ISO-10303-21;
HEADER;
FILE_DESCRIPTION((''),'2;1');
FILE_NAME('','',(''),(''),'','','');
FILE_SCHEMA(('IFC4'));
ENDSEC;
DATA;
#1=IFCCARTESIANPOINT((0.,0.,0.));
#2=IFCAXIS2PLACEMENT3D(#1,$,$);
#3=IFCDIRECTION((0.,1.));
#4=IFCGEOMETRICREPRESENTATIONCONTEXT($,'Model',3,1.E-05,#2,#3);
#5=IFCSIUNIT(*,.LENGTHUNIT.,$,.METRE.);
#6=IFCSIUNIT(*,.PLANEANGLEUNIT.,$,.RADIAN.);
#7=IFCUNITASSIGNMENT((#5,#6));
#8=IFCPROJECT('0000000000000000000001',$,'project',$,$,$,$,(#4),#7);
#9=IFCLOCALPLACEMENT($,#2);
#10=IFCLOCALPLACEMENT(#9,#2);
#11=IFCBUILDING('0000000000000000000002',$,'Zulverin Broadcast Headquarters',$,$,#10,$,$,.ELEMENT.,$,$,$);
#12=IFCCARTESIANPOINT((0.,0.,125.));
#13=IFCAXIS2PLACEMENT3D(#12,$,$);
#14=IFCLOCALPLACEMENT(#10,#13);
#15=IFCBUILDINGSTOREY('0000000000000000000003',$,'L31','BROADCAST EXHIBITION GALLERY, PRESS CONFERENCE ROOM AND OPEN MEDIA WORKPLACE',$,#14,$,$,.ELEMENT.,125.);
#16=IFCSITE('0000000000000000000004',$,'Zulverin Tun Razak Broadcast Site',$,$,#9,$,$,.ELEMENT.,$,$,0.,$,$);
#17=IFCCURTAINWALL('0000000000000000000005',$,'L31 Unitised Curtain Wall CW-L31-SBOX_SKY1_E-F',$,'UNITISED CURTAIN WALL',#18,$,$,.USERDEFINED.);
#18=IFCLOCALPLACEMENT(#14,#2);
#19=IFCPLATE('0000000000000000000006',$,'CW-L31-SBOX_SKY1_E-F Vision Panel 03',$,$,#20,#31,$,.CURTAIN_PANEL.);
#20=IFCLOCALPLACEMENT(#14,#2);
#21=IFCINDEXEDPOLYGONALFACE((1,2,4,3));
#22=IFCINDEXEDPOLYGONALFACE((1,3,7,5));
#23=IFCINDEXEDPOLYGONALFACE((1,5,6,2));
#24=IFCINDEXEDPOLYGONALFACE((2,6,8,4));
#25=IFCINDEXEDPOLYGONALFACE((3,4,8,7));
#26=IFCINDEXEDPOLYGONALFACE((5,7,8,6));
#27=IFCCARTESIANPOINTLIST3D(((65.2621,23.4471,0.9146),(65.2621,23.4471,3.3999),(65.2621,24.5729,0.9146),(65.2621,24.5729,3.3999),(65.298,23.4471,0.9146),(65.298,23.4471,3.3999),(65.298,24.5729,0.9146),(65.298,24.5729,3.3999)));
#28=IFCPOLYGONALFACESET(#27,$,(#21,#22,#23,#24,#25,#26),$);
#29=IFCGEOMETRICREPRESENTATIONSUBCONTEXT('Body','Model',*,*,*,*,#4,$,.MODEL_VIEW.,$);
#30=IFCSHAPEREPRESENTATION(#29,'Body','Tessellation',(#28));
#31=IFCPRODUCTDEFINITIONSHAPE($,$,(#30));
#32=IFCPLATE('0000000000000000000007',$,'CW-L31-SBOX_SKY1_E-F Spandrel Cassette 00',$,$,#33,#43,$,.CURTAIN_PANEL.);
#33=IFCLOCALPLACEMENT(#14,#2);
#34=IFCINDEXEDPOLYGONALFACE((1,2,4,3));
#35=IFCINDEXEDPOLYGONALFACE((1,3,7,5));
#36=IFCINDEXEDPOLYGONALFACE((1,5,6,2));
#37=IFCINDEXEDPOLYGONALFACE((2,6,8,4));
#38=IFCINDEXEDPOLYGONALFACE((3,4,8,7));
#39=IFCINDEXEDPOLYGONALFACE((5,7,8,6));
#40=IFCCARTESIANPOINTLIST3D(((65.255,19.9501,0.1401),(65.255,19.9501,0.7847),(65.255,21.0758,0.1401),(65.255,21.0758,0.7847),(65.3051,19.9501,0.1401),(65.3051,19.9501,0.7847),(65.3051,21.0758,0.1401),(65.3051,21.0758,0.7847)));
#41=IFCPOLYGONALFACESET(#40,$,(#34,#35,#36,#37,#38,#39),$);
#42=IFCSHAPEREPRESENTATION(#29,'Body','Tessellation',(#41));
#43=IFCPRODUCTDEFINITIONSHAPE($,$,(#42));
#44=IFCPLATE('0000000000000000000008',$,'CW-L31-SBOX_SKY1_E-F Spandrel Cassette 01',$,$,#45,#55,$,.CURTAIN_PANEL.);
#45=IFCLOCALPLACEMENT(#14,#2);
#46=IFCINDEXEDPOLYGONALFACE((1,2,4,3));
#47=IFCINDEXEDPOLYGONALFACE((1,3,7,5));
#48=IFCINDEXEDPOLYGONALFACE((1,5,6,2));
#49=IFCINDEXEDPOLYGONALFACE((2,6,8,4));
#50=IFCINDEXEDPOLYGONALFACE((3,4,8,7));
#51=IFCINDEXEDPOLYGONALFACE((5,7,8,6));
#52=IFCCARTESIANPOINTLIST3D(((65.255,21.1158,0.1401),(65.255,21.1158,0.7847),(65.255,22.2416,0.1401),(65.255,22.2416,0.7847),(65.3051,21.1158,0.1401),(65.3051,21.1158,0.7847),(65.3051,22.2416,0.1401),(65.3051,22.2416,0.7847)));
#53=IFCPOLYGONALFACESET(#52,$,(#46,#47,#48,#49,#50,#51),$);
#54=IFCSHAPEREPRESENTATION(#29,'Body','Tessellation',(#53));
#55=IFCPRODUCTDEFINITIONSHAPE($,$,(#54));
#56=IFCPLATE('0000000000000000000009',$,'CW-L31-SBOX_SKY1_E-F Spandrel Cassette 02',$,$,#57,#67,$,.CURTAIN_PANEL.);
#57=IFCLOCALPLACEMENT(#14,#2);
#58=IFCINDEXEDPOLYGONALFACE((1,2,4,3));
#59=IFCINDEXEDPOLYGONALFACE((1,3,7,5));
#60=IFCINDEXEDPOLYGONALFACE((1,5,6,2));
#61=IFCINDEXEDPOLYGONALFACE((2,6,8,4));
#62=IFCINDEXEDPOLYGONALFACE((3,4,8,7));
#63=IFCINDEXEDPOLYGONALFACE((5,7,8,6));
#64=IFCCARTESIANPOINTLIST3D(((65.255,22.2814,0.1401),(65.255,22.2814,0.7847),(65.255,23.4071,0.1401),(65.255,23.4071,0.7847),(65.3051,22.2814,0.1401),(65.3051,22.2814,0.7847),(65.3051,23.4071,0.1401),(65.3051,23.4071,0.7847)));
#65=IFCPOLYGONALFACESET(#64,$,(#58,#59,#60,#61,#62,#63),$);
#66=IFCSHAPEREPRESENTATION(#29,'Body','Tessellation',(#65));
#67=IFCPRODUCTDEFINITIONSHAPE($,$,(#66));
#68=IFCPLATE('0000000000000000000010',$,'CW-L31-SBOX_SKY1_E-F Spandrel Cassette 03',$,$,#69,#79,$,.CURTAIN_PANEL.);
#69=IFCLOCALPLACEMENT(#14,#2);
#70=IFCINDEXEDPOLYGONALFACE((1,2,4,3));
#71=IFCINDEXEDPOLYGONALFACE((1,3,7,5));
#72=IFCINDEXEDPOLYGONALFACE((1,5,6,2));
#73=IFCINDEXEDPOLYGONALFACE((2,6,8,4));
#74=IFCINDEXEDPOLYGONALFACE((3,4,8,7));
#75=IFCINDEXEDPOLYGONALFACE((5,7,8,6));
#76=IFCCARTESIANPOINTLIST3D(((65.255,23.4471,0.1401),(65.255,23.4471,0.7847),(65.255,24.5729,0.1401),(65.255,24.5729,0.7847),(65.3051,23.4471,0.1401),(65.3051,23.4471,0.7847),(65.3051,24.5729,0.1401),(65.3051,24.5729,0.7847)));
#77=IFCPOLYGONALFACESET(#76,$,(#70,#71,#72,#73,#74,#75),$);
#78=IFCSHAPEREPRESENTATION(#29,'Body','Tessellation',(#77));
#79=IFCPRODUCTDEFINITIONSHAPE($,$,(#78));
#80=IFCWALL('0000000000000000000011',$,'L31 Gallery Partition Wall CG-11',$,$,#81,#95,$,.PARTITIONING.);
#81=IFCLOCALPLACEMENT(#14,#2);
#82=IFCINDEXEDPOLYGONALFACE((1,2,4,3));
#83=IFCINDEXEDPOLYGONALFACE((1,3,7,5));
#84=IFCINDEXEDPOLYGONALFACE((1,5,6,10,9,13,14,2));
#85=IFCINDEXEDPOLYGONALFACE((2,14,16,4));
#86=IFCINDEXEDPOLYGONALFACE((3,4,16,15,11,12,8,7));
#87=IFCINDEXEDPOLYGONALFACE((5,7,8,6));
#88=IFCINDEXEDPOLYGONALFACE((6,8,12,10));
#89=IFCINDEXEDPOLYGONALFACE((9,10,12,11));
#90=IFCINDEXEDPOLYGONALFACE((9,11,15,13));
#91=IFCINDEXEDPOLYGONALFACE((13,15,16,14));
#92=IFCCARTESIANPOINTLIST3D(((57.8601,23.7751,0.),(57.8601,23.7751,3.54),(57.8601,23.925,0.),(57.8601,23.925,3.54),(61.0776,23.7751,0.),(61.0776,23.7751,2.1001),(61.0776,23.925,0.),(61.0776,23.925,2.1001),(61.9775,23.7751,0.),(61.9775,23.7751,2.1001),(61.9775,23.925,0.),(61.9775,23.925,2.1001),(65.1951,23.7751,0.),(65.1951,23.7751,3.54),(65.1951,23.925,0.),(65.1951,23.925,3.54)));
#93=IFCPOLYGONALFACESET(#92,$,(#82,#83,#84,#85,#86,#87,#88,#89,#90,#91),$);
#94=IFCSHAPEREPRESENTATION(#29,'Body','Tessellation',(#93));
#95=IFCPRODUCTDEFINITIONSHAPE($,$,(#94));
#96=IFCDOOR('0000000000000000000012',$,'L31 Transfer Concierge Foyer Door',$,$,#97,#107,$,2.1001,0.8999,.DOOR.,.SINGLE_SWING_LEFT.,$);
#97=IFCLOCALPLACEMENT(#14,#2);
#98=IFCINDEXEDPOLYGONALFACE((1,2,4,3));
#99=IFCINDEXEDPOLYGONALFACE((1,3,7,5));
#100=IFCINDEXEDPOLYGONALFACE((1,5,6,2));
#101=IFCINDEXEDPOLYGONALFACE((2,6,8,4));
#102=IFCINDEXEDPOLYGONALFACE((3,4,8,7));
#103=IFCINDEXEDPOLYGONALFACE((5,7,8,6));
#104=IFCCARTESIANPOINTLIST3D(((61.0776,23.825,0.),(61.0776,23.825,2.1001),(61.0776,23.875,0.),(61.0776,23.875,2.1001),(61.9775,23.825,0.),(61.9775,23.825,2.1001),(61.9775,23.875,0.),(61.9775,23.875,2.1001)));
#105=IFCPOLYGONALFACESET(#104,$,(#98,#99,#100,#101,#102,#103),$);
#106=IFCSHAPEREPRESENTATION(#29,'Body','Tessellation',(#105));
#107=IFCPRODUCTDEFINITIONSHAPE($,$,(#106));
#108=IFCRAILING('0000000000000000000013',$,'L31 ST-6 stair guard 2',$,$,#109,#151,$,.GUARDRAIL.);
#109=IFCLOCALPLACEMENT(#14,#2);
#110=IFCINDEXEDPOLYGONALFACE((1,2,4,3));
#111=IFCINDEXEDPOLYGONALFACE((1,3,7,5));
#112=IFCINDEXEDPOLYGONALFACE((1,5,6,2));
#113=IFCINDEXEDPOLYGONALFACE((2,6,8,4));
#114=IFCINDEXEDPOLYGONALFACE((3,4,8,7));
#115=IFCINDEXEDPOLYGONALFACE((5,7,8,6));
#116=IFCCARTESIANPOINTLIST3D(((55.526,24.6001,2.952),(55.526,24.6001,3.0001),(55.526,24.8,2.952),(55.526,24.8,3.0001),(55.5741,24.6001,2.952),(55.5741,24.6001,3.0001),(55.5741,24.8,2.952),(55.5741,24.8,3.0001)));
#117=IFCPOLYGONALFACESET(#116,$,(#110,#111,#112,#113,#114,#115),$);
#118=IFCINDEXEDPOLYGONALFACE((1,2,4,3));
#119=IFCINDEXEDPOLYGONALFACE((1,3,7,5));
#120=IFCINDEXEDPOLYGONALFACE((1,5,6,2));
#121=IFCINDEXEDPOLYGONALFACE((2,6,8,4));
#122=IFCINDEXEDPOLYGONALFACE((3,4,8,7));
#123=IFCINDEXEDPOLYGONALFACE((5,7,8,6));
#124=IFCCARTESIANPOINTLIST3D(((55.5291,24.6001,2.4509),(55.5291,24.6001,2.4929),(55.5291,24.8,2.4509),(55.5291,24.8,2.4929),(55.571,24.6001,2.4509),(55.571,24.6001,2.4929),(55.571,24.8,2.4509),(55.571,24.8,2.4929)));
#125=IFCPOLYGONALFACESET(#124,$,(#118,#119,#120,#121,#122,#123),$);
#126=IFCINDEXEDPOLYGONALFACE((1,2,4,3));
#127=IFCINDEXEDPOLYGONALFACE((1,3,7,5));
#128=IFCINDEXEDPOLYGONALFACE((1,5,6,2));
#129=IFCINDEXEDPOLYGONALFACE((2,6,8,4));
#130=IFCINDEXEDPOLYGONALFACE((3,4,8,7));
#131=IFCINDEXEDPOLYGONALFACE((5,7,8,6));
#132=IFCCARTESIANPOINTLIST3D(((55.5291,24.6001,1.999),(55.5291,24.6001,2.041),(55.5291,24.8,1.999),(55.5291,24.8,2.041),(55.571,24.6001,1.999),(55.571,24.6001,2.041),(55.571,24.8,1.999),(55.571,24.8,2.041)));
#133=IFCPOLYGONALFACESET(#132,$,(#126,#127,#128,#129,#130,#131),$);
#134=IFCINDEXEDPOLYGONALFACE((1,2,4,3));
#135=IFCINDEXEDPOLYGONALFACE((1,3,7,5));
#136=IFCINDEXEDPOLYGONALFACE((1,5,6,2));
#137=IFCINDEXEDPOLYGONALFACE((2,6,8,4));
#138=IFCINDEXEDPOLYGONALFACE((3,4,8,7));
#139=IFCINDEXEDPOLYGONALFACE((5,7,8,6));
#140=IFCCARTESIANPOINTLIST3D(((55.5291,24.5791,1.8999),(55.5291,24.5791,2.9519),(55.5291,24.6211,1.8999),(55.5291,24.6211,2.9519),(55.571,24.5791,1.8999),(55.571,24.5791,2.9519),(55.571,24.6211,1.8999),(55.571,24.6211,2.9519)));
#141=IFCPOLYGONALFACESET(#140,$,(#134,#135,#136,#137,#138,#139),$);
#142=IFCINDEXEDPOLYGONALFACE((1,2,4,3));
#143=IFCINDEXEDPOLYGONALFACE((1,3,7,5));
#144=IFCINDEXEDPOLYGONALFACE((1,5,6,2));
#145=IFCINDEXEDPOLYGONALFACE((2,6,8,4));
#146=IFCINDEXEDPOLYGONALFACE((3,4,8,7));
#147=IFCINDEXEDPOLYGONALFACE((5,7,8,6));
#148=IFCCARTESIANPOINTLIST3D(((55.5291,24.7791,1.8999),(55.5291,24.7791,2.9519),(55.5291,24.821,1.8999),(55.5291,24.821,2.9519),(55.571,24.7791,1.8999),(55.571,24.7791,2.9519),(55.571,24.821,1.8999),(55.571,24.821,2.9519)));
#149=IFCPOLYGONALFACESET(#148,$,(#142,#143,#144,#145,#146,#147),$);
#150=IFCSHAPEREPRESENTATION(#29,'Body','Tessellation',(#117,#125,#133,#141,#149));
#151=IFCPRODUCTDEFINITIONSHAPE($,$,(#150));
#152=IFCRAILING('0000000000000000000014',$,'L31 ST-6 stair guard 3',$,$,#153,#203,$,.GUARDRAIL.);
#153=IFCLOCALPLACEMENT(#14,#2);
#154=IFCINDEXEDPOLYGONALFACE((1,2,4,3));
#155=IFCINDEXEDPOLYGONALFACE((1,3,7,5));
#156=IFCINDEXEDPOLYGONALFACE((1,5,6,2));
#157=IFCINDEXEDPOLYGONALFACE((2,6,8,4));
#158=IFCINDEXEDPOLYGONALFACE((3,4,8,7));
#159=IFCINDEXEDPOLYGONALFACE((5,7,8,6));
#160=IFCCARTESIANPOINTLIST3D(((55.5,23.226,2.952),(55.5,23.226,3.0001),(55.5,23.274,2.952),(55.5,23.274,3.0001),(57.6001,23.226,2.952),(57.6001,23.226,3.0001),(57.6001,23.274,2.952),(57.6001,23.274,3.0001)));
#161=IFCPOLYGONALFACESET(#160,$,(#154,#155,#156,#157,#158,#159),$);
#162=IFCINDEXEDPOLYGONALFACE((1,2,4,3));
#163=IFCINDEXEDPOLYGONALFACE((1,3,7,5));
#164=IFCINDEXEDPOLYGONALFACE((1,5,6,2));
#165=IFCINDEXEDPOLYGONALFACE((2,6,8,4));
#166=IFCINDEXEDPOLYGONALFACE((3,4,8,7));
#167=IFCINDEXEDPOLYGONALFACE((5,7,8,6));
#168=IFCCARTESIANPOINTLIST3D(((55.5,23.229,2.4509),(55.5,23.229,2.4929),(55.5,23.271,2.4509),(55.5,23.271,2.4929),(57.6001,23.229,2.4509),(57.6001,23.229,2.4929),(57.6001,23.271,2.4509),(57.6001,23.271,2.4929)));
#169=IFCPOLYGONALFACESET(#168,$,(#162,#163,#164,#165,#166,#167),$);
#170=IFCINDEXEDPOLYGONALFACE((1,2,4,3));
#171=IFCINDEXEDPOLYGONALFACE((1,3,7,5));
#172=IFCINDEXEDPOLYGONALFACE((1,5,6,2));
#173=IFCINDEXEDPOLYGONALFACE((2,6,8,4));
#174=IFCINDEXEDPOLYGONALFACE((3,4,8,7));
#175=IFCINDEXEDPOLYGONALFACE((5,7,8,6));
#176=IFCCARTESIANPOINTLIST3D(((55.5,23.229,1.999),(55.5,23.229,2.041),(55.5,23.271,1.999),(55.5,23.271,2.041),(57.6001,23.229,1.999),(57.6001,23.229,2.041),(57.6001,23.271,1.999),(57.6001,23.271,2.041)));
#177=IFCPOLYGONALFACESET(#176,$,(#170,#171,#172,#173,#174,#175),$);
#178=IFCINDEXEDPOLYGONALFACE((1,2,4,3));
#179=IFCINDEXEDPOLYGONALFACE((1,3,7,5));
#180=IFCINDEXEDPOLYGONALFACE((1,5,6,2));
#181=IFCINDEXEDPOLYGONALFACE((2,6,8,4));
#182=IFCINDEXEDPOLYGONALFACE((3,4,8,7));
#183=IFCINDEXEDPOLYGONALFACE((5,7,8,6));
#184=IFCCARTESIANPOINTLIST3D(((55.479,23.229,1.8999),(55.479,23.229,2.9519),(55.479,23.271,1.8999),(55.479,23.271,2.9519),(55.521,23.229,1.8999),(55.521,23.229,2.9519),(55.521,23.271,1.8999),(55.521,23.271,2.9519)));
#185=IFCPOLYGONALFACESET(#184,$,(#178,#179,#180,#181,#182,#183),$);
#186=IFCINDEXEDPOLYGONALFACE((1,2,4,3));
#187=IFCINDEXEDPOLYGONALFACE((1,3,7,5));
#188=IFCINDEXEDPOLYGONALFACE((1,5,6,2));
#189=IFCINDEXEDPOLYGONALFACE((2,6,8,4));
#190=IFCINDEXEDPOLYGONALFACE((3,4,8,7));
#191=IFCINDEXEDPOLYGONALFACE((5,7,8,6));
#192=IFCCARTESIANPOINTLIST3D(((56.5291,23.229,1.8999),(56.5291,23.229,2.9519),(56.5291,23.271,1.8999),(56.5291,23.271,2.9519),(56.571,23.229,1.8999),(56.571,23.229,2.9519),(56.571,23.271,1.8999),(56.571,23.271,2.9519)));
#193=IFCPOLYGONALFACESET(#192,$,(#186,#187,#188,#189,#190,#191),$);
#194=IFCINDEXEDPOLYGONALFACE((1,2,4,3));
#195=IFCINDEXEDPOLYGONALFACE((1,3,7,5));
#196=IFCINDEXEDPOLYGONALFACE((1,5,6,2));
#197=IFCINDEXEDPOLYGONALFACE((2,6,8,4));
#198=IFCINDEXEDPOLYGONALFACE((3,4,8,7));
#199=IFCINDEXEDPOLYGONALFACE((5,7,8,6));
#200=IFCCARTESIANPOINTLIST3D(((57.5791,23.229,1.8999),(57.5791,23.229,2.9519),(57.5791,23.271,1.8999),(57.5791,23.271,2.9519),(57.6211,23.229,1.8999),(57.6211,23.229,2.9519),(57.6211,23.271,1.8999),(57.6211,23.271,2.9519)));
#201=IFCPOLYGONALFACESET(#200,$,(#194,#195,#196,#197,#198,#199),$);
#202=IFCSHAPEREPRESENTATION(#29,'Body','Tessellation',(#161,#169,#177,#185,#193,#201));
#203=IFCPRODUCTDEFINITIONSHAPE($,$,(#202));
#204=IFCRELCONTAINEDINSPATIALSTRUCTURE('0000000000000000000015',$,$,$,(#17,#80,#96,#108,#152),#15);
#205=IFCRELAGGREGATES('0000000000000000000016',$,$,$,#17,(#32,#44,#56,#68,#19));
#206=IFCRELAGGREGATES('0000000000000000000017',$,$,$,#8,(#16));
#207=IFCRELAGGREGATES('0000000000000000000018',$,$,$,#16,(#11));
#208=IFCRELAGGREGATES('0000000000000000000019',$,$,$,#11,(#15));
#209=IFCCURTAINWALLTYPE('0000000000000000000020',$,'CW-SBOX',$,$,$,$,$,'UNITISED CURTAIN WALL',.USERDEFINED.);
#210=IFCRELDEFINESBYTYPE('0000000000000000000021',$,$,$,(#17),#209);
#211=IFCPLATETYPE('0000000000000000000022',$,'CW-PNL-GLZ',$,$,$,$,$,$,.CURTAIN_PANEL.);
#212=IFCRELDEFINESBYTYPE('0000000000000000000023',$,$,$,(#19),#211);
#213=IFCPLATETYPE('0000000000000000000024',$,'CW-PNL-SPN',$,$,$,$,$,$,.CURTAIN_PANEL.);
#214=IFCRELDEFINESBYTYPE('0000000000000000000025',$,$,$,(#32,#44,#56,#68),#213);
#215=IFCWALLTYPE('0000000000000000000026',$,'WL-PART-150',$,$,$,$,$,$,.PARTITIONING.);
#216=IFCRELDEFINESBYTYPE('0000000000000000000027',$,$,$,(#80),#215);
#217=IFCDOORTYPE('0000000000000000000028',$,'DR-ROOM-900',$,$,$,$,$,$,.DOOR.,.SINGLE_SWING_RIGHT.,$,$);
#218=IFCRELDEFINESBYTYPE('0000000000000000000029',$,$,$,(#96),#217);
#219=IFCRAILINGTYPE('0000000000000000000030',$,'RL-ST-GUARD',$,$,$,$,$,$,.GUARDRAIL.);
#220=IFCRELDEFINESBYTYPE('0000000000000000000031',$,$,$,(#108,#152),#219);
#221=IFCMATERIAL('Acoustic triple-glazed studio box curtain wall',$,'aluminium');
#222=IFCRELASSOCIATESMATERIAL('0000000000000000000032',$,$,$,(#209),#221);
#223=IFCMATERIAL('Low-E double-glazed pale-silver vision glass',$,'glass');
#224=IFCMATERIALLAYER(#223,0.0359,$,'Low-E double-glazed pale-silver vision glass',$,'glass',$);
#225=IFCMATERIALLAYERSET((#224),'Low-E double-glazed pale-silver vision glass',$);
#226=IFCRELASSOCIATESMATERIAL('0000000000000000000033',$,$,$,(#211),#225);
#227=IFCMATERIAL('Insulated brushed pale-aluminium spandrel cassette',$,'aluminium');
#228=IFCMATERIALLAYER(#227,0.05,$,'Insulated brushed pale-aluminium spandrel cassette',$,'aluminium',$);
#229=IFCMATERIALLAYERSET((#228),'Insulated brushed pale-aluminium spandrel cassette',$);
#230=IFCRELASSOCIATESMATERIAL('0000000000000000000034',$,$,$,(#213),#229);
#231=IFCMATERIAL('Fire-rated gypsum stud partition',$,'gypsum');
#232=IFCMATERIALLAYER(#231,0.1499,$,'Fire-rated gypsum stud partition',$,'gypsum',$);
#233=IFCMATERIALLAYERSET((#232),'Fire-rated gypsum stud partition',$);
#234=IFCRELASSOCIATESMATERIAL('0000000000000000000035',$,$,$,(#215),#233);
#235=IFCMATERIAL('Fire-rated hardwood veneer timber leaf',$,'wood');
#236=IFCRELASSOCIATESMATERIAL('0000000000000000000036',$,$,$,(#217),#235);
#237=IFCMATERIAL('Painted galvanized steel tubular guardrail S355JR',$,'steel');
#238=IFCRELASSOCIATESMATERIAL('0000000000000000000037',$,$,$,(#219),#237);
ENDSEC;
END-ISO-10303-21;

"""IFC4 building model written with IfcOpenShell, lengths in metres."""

from ifc_helpers import new_model, si_unit, direction, frame, frame_2d, origin, origin_2d, place, context, subcontext, project, spatial, rectangle, extrude, material, layer, layer_set, type_object, element, fill, aggregate, save


model = new_model("IFC4")

# Units and contexts
model_context = context("Model", 3, precision=1e-05, world=origin(), true_north=direction((0.0, 1.0)))
body_context = subcontext(model_context, "Body", "Model", "MODEL_VIEW")
ifc_project = project(units=[si_unit("LENGTHUNIT", "METRE"), si_unit("PLANEANGLEUNIT", "RADIAN")], contexts=[model_context])

# Site, building, storey
site_placement = place(None, origin())
site = spatial("IfcSite", under=ifc_project, at=site_placement, Name="Zulverin Tun Razak Broadcast Site", CompositionType="ELEMENT", RefElevation=0.0)
building_placement = place(site_placement, origin())
building = spatial("IfcBuilding", under=site, at=building_placement, Name="Zulverin Broadcast Headquarters", CompositionType="ELEMENT")
storey_placement = place(building_placement, frame((0.0, 0.0, 125.0)))
storey = spatial("IfcBuildingStorey", under=building, at=storey_placement, Name="L31", Description="BROADCAST EXHIBITION GALLERY, PRESS CONFERENCE ROOM AND OPEN MEDIA WORKPLACE", CompositionType="ELEMENT", Elevation=125.0)

# Curtain wall
ifc_material_1 = material(Name="Acoustic triple-glazed studio box curtain wall", Category="aluminium")
curtain_wall_type = type_object("IfcCurtainWallType", Name="CW-SBOX", ElementType="UNITISED CURTAIN WALL", PredefinedType="USERDEFINED", material=ifc_material_1)
curtain_wall_placement = place(storey_placement, origin())
curtain_wall = element("IfcCurtainWall", 1, at=curtain_wall_placement, inside=storey, type_object=curtain_wall_type, Name="L31 Unitised Curtain Wall CW-L31-SBOX_SKY1_E-F", ObjectType="UNITISED CURTAIN WALL", PredefinedType="USERDEFINED")

# Plates
ifc_material_2 = material(Name="Low-E double-glazed pale-silver vision glass", Category="glass")
ifc_layer_1 = layer(ifc_material_2, 0.0359, Name="Low-E double-glazed pale-silver vision glass", Category="glass")
ifc_layer_set_1 = layer_set([ifc_layer_1], Name="Low-E double-glazed pale-silver vision glass")
plate_type_1 = type_object("IfcPlateType", Name="CW-PNL-GLZ", PredefinedType="CURTAIN_PANEL", material=ifc_layer_set_1)
plate_1_placement = place(storey_placement, frame((65.28, 24.01, 0.9146), z_axis=(0.0, 0.0, 1.0), x_axis=(0.0, 1.0, 0.0)))
plate_1 = element("IfcPlate", 2, at=plate_1_placement, type_object=plate_type_1, Name="CW-L31-SBOX_SKY1_E-F Vision Panel 03", PredefinedType="CURTAIN_PANEL", context=body_context, shape_type="SweptSolid", body=[
    extrude(rectangle(XDim=1.1257, YDim=0.0359, at=origin_2d()), origin(), (0.0, 0.0, 1.0), 2.4854),
])
ifc_material_3 = material(Name="Insulated brushed pale-aluminium spandrel cassette", Category="aluminium")
ifc_layer_2 = layer(ifc_material_3, 0.05, Name="Insulated brushed pale-aluminium spandrel cassette", Category="aluminium")
ifc_layer_set_2 = layer_set([ifc_layer_2], Name="Insulated brushed pale-aluminium spandrel cassette")
plate_type_2 = type_object("IfcPlateType", Name="CW-PNL-SPN", PredefinedType="CURTAIN_PANEL", material=ifc_layer_set_2)
plate_2_placement = place(storey_placement, frame((65.28, 20.5129, 0.1401), z_axis=(0.0, 0.0, 1.0), x_axis=(0.0, 1.0, 0.0)))
plate_2 = element("IfcPlate", 3, at=plate_2_placement, type_object=plate_type_2, Name="CW-L31-SBOX_SKY1_E-F Spandrel Cassette 00", PredefinedType="CURTAIN_PANEL", context=body_context, shape_type="SweptSolid", body=[
    extrude(rectangle(XDim=1.1257, YDim=0.05, at=origin_2d()), origin(), (0.0, 0.0, 1.0), 0.6445),
])
plate_3_placement = place(storey_placement, frame((65.28, 21.6787, 0.1401), z_axis=(0.0, 0.0, 1.0), x_axis=(0.0, 1.0, 0.0)))
plate_3 = element("IfcPlate", 4, at=plate_3_placement, type_object=plate_type_2, Name="CW-L31-SBOX_SKY1_E-F Spandrel Cassette 01", PredefinedType="CURTAIN_PANEL", context=body_context, shape_type="SweptSolid", body=[
    extrude(rectangle(XDim=1.1257, YDim=0.05, at=origin_2d()), origin(), (0.0, 0.0, 1.0), 0.6445),
])
plate_4_placement = place(storey_placement, frame((65.28, 22.8442, 0.1401), z_axis=(0.0, 0.0, 1.0), x_axis=(0.0, 1.0, 0.0)))
plate_4 = element("IfcPlate", 5, at=plate_4_placement, type_object=plate_type_2, Name="CW-L31-SBOX_SKY1_E-F Spandrel Cassette 02", PredefinedType="CURTAIN_PANEL", context=body_context, shape_type="SweptSolid", body=[
    extrude(rectangle(XDim=1.1257, YDim=0.05, at=origin_2d()), origin(), (0.0, 0.0, 1.0), 0.6445),
])
plate_5_placement = place(storey_placement, frame((65.28, 24.01, 0.1401), z_axis=(0.0, 0.0, 1.0), x_axis=(0.0, 1.0, 0.0)))
plate_5 = element("IfcPlate", 6, at=plate_5_placement, type_object=plate_type_2, Name="CW-L31-SBOX_SKY1_E-F Spandrel Cassette 03", PredefinedType="CURTAIN_PANEL", context=body_context, shape_type="SweptSolid", body=[
    extrude(rectangle(XDim=1.1257, YDim=0.05, at=origin_2d()), origin(), (0.0, 0.0, 1.0), 0.6445),
])
aggregate(curtain_wall, [plate_2, plate_3, plate_4, plate_5, plate_1])

# Wall, opening, door
ifc_material_4 = material(Name="Fire-rated gypsum stud partition", Category="gypsum")
ifc_layer_3 = layer(ifc_material_4, 0.1499, Name="Fire-rated gypsum stud partition", Category="gypsum")
ifc_layer_set_3 = layer_set([ifc_layer_3], Name="Fire-rated gypsum stud partition")
wall_type = type_object("IfcWallType", Name="WL-PART-150", PredefinedType="PARTITIONING", material=ifc_layer_set_3)
wall_placement = place(storey_placement, frame((57.8601, 23.8501, 0.0), z_axis=(0.0, 0.0, 1.0), x_axis=(1.0, 0.0, 0.0)))
wall = element("IfcWall", 7, at=wall_placement, inside=storey, type_object=wall_type, Name="L31 Gallery Partition Wall CG-11", PredefinedType="PARTITIONING", context=body_context, shape_type="SweptSolid", body=[
    extrude(rectangle(XDim=7.335, YDim=0.1499, at=frame_2d((3.6675, 0.0))), origin(), (0.0, 0.0, 1.0), 3.54),
])
opening_placement = place(wall_placement, frame((3.2175, 0.0, 0.0)))
opening = element("IfcOpeningElement", 8, at=opening_placement, cuts=wall, PredefinedType="OPENING", context=body_context, shape_type="SweptSolid", body=[
    extrude(rectangle(XDim=0.8999, YDim=2.1001, at=frame_2d((0.45, 1.05))), frame((0.0, 0.085, 0.0), z_axis=(0.0, -1.0, 0.0), x_axis=(1.0, 0.0, 0.0)), (0.0, 0.0, 1.0), 0.1699),
])
ifc_material_5 = material(Name="Fire-rated hardwood veneer timber leaf", Category="wood")
door_type = type_object("IfcDoorType", Name="DR-ROOM-900", OperationType="SINGLE_SWING_RIGHT", PredefinedType="DOOR", material=ifc_material_5)
door_placement = place(opening_placement, origin())
door = element("IfcDoor", 9, at=door_placement, inside=storey, type_object=door_type, Name="L31 Transfer Concierge Foyer Door", OperationType="SINGLE_SWING_LEFT", OverallHeight=2.1001, OverallWidth=0.8999, PredefinedType="DOOR", context=body_context, shape_type="SweptSolid", body=[
    extrude(rectangle(XDim=0.8999, YDim=2.1001, at=frame_2d((0.45, 1.05))), frame((0.0, 0.0249, 0.0), z_axis=(0.0, -1.0, 0.0), x_axis=(1.0, 0.0, 0.0)), (0.0, 0.0, 1.0), 0.05),
])
fill(opening, door)

# Railings
ifc_material_6 = material(Name="Painted galvanized steel tubular guardrail S355JR", Category="steel")
railing_type = type_object("IfcRailingType", Name="RL-ST-GUARD", PredefinedType="GUARDRAIL", material=ifc_material_6)
railing_1_placement = place(storey_placement, frame((55.55, 24.6001, 1.8999)))
element("IfcRailing", 10, at=railing_1_placement, inside=storey, type_object=railing_type, Name="L31 ST-6 stair guard 2", PredefinedType="GUARDRAIL", context=body_context, shape_type="SweptSolid", body=[
    extrude(rectangle(XDim=0.0481, YDim=0.0481, at=origin_2d()), frame((0.0, 0.0, 1.0762), z_axis=(0.0, 1.0, 0.0), x_axis=(-1.0, 0.0, 0.0)), (0.0, 0.0, 1.0), 0.2),
    extrude(rectangle(XDim=0.042, YDim=0.042, at=origin_2d()), frame((0.0, 0.0, 0.572), z_axis=(0.0, 1.0, 0.0), x_axis=(-1.0, 0.0, 0.0)), (0.0, 0.0, 1.0), 0.2),
    extrude(rectangle(XDim=0.042, YDim=0.042, at=origin_2d()), frame((0.0, 0.0, 0.1201), z_axis=(0.0, 1.0, 0.0), x_axis=(-1.0, 0.0, 0.0)), (0.0, 0.0, 1.0), 0.2),
    extrude(rectangle(XDim=0.042, YDim=0.042, at=origin_2d()), origin(), (0.0, 0.0, 1.0), 1.052),
    extrude(rectangle(XDim=0.042, YDim=0.042, at=origin_2d()), frame((0.0, 0.2, 0.0)), (0.0, 0.0, 1.0), 1.052),
])
railing_2_placement = place(storey_placement, frame((55.5, 23.25, 1.8999)))
element("IfcRailing", 11, at=railing_2_placement, inside=storey, type_object=railing_type, Name="L31 ST-6 stair guard 3", PredefinedType="GUARDRAIL", context=body_context, shape_type="SweptSolid", body=[
    extrude(rectangle(XDim=0.0481, YDim=0.0481, at=origin_2d()), frame((0.0, 0.0, 1.0762), z_axis=(1.0, 0.0, 0.0), x_axis=(0.0, 1.0, 0.0)), (0.0, 0.0, 1.0), 2.1001),
    extrude(rectangle(XDim=0.042, YDim=0.042, at=origin_2d()), frame((0.0, 0.0, 0.572), z_axis=(1.0, 0.0, 0.0), x_axis=(0.0, 1.0, 0.0)), (0.0, 0.0, 1.0), 2.1001),
    extrude(rectangle(XDim=0.042, YDim=0.042, at=origin_2d()), frame((0.0, 0.0, 0.1201), z_axis=(1.0, 0.0, 0.0), x_axis=(0.0, 1.0, 0.0)), (0.0, 0.0, 1.0), 2.1001),
    extrude(rectangle(XDim=0.042, YDim=0.042, at=origin_2d()), origin(), (0.0, 0.0, 1.0), 1.052),
    extrude(rectangle(XDim=0.042, YDim=0.042, at=origin_2d()), frame((1.05, 0.0, 0.0)), (0.0, 0.0, 1.0), 1.052),
    extrude(rectangle(XDim=0.042, YDim=0.042, at=origin_2d()), frame((2.1001, 0.0, 0.0)), (0.0, 0.0, 1.0), 1.052),
])

save(model, "model.ifc")
